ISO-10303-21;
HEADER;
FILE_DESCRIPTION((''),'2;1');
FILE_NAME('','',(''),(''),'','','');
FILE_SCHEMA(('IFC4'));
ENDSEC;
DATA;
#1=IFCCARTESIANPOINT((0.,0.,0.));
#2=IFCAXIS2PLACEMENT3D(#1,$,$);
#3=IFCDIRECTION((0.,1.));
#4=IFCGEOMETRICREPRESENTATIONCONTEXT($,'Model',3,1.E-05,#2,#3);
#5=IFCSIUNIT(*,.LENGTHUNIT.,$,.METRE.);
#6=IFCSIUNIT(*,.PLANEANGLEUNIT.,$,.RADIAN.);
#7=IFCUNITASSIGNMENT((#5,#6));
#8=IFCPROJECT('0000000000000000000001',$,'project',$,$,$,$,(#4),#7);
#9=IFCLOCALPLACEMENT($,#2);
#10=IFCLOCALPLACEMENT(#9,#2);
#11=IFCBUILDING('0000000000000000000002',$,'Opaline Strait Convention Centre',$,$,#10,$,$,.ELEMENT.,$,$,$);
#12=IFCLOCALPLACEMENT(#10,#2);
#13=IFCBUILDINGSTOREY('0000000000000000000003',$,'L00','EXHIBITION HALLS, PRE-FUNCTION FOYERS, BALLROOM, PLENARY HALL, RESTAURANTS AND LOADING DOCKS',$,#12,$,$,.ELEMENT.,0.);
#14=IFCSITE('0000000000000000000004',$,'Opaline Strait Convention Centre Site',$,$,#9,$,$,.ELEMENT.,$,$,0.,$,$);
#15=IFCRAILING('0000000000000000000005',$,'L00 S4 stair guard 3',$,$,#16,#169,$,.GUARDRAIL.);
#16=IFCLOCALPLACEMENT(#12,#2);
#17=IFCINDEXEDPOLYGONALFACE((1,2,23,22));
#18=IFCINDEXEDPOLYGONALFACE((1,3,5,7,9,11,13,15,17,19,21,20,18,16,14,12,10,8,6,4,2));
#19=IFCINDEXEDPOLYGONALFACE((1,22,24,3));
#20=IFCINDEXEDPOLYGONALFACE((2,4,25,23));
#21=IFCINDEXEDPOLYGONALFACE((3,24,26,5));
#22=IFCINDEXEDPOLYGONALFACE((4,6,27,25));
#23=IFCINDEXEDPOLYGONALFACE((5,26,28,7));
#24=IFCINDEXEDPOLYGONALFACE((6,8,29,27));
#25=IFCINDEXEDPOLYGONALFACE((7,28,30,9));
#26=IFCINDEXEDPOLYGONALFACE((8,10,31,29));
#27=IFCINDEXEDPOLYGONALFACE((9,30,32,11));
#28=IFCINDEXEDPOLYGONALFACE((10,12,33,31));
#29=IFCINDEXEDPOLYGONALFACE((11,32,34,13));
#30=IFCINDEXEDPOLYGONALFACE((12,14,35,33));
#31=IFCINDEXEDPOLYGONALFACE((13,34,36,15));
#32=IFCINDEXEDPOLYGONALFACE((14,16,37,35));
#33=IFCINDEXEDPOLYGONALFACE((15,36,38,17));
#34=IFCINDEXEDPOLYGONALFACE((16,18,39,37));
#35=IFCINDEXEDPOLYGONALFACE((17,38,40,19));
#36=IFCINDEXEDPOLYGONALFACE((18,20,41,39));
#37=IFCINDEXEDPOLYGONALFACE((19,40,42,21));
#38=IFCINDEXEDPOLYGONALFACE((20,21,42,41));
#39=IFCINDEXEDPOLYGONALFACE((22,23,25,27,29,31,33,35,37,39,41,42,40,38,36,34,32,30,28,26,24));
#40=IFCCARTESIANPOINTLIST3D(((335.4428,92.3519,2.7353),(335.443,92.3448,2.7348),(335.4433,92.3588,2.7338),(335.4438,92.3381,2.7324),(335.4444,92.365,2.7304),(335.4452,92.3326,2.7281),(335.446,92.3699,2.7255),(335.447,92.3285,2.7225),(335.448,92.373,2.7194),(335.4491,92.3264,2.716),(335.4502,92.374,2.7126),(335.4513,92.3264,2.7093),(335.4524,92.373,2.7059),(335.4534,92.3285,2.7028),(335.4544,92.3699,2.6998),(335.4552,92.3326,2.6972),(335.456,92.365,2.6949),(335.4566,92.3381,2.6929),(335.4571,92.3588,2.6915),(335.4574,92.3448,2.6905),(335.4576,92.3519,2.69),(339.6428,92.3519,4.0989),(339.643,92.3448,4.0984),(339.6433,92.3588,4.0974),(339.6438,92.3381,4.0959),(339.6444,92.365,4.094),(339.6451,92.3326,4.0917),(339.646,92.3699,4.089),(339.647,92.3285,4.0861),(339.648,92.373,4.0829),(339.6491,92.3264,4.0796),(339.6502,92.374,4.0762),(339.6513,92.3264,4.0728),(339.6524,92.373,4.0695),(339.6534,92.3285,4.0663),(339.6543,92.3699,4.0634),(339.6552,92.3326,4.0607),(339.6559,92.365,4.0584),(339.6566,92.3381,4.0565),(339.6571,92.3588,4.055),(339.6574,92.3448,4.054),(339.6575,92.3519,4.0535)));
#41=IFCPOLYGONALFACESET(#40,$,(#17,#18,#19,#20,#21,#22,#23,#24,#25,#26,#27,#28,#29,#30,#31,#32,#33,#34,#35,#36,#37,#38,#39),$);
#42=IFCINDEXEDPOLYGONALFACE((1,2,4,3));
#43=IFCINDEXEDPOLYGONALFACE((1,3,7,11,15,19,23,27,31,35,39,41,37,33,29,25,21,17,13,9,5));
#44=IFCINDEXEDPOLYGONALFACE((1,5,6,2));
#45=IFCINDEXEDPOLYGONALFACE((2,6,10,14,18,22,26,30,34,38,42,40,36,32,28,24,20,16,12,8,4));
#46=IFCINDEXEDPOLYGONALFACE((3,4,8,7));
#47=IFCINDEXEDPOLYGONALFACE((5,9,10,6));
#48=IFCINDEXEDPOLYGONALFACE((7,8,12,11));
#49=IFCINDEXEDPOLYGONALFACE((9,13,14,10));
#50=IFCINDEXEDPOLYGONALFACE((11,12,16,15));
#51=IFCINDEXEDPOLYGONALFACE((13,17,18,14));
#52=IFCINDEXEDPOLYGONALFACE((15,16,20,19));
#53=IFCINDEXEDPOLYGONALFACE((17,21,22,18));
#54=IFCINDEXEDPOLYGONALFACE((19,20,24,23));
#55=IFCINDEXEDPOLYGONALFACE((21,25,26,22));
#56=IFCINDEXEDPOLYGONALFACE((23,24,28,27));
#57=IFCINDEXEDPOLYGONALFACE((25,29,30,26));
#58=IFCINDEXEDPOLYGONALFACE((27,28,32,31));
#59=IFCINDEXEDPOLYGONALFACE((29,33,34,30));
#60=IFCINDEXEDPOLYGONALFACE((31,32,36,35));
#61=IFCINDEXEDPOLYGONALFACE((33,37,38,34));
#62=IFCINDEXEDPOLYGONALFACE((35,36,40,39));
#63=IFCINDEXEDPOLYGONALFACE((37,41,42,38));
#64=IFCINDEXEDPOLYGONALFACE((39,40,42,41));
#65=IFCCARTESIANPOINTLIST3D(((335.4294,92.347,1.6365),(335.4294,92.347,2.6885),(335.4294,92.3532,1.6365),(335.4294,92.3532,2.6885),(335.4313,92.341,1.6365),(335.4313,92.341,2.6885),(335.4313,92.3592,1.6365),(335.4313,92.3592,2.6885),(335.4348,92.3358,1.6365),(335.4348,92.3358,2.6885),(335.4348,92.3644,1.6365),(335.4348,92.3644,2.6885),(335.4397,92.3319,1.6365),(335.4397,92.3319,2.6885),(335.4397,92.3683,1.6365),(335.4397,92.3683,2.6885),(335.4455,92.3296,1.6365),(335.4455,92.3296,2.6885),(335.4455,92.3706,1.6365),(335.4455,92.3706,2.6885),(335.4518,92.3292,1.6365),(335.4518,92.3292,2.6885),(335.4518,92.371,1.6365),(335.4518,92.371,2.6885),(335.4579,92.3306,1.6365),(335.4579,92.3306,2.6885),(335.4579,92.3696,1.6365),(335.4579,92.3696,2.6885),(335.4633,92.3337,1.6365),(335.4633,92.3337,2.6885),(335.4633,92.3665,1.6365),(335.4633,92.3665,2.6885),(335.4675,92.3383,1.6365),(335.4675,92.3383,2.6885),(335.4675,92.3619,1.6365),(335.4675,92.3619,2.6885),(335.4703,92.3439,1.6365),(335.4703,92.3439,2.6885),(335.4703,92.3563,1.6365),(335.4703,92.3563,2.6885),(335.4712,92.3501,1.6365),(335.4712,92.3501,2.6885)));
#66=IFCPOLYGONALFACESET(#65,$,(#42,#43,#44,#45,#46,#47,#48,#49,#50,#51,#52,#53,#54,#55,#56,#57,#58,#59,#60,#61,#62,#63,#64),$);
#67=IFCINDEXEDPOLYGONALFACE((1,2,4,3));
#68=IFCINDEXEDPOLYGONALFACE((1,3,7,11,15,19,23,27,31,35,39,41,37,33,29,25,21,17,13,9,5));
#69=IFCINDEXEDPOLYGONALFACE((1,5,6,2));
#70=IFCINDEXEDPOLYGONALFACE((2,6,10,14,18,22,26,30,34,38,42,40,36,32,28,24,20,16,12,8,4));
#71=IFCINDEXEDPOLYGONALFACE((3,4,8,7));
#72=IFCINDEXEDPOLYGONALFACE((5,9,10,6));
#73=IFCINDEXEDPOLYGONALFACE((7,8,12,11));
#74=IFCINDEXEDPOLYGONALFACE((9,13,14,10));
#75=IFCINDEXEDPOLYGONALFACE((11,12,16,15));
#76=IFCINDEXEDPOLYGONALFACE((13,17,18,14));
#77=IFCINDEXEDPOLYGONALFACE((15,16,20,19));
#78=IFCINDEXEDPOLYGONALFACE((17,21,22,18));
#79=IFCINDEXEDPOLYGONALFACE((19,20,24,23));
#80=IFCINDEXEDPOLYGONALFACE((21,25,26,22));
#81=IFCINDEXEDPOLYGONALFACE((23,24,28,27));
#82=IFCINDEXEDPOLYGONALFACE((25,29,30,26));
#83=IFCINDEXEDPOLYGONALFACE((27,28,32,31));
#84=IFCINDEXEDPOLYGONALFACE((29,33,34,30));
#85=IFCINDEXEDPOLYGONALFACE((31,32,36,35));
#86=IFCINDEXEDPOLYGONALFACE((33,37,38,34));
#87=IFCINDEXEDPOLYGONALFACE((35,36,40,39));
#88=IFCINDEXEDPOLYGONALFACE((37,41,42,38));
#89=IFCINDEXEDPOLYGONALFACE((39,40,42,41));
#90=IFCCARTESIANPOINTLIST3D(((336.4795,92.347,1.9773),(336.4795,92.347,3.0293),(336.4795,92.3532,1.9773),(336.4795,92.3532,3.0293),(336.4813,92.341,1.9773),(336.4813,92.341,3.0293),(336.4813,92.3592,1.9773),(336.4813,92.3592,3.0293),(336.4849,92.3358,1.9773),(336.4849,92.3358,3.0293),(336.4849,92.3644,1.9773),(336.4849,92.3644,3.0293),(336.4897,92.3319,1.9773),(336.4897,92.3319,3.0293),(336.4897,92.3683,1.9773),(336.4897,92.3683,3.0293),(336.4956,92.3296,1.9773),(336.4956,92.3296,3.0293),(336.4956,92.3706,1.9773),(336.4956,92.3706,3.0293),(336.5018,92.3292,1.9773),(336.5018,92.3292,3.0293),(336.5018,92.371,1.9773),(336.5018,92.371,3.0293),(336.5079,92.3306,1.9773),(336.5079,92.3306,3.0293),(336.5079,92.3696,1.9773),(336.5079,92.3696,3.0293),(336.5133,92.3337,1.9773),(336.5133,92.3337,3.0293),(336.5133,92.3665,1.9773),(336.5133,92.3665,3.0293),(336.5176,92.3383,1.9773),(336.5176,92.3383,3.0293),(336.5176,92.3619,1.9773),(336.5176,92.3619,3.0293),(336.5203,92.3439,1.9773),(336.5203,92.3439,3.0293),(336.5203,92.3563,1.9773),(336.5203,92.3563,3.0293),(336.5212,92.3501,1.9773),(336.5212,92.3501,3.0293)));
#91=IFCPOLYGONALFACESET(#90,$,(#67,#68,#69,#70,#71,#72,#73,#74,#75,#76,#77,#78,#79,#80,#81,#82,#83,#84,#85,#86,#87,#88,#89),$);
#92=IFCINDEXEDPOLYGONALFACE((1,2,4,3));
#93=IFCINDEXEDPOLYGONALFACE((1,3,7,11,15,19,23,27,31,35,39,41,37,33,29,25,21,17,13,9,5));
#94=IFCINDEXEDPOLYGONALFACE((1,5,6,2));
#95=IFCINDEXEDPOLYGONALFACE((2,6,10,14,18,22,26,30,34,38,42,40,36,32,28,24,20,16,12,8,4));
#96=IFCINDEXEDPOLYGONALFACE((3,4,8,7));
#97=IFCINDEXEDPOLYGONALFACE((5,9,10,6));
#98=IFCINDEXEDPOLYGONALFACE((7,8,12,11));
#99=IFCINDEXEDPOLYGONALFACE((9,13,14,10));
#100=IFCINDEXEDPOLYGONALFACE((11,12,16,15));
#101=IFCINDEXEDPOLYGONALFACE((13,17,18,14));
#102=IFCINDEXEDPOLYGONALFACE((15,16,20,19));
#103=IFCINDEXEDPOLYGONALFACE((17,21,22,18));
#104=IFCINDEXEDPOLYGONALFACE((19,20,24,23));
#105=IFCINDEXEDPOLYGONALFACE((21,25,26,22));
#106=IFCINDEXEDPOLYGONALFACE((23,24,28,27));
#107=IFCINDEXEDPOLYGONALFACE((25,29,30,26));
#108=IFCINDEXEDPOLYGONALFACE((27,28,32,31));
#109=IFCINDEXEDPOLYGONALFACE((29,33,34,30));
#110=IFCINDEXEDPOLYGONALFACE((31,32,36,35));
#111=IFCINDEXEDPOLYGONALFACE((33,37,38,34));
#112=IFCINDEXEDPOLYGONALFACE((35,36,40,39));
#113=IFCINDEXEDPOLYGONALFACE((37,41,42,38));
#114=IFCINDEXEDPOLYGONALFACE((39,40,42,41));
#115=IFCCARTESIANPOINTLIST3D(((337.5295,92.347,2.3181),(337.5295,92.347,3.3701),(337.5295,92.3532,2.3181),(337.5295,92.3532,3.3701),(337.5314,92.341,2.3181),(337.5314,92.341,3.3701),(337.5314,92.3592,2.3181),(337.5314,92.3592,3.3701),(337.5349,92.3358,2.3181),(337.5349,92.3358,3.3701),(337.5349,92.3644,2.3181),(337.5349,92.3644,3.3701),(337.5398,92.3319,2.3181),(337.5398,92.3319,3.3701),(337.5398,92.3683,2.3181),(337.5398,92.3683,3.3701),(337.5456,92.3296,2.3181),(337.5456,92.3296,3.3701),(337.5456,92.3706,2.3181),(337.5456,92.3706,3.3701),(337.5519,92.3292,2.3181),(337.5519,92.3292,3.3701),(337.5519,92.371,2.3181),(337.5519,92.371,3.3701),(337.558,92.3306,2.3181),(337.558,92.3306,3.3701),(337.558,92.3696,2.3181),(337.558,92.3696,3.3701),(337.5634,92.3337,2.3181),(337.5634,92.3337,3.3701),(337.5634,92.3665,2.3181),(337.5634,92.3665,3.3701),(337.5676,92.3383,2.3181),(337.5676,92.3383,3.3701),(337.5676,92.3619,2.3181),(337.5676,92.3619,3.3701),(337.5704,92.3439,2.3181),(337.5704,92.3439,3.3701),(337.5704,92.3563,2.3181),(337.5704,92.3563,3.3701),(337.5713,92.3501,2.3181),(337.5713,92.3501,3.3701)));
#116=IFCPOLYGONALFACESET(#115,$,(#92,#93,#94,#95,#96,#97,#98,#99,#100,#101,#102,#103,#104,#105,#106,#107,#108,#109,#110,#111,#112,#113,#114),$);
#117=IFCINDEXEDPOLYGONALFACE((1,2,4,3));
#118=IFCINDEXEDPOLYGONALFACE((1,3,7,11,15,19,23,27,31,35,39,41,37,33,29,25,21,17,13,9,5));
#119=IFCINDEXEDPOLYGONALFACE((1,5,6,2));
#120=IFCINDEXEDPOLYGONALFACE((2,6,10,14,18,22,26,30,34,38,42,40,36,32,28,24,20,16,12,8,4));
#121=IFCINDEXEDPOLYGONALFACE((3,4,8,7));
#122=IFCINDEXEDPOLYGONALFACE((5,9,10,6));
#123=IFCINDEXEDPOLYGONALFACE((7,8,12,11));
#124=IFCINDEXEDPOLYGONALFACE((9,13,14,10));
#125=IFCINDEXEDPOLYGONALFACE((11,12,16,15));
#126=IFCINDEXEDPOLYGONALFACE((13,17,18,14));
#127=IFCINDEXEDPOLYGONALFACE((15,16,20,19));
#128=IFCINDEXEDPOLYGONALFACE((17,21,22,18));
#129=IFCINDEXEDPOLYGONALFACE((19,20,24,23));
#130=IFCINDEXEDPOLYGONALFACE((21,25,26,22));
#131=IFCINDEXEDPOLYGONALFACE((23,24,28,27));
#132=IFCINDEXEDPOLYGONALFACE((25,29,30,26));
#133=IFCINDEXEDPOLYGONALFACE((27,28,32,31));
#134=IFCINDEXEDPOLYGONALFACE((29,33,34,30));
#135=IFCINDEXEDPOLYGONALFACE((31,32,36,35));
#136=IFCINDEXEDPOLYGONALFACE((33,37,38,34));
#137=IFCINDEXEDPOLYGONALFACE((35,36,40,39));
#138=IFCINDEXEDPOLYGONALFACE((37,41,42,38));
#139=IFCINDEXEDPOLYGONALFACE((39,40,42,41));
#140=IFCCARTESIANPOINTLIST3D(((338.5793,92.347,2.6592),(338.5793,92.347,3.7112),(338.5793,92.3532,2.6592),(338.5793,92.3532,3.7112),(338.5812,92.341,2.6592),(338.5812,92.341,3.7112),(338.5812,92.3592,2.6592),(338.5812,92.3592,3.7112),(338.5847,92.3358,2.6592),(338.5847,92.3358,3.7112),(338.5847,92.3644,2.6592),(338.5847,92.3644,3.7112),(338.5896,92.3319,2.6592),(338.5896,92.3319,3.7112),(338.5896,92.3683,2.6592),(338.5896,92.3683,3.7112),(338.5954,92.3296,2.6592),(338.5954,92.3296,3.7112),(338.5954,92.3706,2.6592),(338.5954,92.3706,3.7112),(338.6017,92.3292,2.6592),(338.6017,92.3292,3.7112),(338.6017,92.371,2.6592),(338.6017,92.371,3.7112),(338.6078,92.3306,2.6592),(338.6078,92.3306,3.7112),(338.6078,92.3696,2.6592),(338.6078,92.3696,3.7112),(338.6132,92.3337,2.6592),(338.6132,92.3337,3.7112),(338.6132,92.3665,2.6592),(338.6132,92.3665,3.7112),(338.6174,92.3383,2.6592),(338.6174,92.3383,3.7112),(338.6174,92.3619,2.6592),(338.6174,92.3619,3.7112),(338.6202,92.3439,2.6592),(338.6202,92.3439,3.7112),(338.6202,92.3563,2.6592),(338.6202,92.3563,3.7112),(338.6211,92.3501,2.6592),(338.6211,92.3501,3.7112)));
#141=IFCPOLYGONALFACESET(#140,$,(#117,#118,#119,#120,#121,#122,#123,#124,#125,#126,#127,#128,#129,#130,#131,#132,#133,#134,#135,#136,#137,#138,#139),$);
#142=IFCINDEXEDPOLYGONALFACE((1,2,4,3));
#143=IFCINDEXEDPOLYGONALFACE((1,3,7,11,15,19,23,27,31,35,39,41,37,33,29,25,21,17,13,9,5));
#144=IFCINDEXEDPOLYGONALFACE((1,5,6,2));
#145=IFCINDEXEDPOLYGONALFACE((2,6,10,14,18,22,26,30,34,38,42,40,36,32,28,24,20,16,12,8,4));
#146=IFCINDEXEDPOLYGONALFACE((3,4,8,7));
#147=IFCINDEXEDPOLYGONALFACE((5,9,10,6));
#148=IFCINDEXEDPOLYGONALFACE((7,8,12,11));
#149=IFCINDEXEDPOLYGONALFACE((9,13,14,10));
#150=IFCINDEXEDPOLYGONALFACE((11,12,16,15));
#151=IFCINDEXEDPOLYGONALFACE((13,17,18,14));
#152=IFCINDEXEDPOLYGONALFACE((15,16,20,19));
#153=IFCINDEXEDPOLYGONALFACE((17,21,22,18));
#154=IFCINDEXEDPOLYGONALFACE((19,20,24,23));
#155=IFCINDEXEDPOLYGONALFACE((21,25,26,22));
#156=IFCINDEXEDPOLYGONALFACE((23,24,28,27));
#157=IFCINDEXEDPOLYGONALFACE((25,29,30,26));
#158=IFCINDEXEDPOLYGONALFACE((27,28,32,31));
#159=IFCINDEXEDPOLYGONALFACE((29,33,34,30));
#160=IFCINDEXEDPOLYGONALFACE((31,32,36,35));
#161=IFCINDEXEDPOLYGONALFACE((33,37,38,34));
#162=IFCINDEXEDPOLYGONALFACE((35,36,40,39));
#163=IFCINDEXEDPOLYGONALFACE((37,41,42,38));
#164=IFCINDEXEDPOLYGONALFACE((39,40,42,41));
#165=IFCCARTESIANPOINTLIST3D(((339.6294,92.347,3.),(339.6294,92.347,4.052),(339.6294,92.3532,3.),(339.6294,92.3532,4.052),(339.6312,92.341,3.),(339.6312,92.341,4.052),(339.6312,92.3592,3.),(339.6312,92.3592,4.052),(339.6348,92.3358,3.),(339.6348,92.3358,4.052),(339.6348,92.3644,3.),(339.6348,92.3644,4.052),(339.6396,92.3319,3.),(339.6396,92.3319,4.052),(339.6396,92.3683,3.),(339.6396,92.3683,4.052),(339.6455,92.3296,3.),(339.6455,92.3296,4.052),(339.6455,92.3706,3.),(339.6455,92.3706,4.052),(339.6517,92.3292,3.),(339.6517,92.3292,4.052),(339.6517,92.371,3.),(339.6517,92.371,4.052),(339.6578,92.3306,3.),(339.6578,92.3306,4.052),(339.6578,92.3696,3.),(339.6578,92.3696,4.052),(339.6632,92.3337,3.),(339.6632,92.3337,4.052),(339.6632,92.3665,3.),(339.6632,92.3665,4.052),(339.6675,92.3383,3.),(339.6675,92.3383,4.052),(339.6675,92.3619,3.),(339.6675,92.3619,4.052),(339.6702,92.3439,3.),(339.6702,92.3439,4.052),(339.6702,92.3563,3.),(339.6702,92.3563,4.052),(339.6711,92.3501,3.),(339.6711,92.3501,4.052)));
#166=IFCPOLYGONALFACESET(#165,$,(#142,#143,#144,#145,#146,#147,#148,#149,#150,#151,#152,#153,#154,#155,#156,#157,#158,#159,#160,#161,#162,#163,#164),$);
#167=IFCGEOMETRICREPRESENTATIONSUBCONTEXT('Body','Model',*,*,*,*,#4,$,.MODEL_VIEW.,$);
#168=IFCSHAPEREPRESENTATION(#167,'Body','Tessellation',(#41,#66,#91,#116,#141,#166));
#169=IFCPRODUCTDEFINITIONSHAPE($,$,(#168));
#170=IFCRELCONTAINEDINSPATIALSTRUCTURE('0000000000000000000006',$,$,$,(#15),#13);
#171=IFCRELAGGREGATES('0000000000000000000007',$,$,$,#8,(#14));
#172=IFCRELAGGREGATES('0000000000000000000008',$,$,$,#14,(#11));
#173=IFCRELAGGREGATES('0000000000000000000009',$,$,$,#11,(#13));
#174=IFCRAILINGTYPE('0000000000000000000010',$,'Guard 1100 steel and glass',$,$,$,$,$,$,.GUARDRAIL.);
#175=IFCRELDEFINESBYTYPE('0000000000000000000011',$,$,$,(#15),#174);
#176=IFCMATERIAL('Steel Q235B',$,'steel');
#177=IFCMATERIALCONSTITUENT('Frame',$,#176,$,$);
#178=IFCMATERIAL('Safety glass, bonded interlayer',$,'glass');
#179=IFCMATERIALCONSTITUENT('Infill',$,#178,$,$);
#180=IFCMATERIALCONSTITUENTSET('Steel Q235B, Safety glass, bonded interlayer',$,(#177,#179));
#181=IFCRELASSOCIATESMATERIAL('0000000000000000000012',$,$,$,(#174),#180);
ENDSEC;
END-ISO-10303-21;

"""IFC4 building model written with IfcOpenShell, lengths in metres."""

from ifc_helpers import new_model, si_unit, direction, frame, origin, origin_2d, place, context, subcontext, project, spatial, circle, extrude, material, constituent, constituent_set, type_object, element, save


model = new_model("IFC4")

# Units and contexts
model_context = context("Model", 3, precision=1e-05, world=origin(), true_north=direction((0.0, 1.0)))
body_context = subcontext(model_context, "Body", "Model", "MODEL_VIEW")
ifc_project = project(units=[si_unit("LENGTHUNIT", "METRE"), si_unit("PLANEANGLEUNIT", "RADIAN")], contexts=[model_context])

# Site, building, storey
site_placement = place(None, origin())
site = spatial("IfcSite", under=ifc_project, at=site_placement, Name="Opaline Strait Convention Centre Site", CompositionType="ELEMENT", RefElevation=0.0)
building_placement = place(site_placement, origin())
building = spatial("IfcBuilding", under=site, at=building_placement, Name="Opaline Strait Convention Centre", CompositionType="ELEMENT")
storey_placement = place(building_placement, origin())
storey = spatial("IfcBuildingStorey", under=building, at=storey_placement, Name="L00", Description="EXHIBITION HALLS, PRE-FUNCTION FOYERS, BALLROOM, PLENARY HALL, RESTAURANTS AND LOADING DOCKS", CompositionType="ELEMENT", Elevation=0.0)

# Railing
ifc_material_1 = material(Name="Steel Q235B", Category="steel")
ifc_constituent_1 = constituent(ifc_material_1, Name="Frame")
ifc_material_2 = material(Name="Safety glass, bonded interlayer", Category="glass")
ifc_constituent_2 = constituent(ifc_material_2, Name="Infill")
ifc_constituent_set = constituent_set(constituents=[ifc_constituent_1, ifc_constituent_2], Name="Steel Q235B, Safety glass, bonded interlayer")
railing_type_1 = type_object("IfcRailingType", Name="Guard 1100 steel and glass", PredefinedType="GUARDRAIL", material=ifc_constituent_set)
railing_1_placement = place(storey_placement, frame((335.4502, 92.3501, 1.6365)))
element("IfcRailing", 1, at=railing_1_placement, inside=storey, type_object=railing_type_1, Name="L00 S4 stair guard 3", PredefinedType="GUARDRAIL", context=body_context, shape_type="SweptSolid", body=[
    extrude(circle(Radius=0.0239, at=origin_2d()), frame((0.0, 0.0, 1.0762), z_axis=(0.951131, 0.0, 0.308787), x_axis=(0.0, 1.0, 0.0)), (0.0, 0.0, 1.0), 4.4158),
    extrude(circle(Radius=0.021, at=origin_2d()), origin(), (0.0, 0.0, 1.0), 1.052),
    extrude(circle(Radius=0.021, at=origin_2d()), frame((1.05, 0.0, 0.3408)), (0.0, 0.0, 1.0), 1.052),
    extrude(circle(Radius=0.021, at=origin_2d()), frame((2.1001, 0.0, 0.6816)), (0.0, 0.0, 1.0), 1.052),
    extrude(circle(Radius=0.021, at=origin_2d()), frame((3.1499, 0.0, 1.0227)), (0.0, 0.0, 1.0), 1.052),
    extrude(circle(Radius=0.021, at=origin_2d()), frame((4.2, 0.0, 1.3635)), (0.0, 0.0, 1.0), 1.052),
])

save(model, "model.ifc")
